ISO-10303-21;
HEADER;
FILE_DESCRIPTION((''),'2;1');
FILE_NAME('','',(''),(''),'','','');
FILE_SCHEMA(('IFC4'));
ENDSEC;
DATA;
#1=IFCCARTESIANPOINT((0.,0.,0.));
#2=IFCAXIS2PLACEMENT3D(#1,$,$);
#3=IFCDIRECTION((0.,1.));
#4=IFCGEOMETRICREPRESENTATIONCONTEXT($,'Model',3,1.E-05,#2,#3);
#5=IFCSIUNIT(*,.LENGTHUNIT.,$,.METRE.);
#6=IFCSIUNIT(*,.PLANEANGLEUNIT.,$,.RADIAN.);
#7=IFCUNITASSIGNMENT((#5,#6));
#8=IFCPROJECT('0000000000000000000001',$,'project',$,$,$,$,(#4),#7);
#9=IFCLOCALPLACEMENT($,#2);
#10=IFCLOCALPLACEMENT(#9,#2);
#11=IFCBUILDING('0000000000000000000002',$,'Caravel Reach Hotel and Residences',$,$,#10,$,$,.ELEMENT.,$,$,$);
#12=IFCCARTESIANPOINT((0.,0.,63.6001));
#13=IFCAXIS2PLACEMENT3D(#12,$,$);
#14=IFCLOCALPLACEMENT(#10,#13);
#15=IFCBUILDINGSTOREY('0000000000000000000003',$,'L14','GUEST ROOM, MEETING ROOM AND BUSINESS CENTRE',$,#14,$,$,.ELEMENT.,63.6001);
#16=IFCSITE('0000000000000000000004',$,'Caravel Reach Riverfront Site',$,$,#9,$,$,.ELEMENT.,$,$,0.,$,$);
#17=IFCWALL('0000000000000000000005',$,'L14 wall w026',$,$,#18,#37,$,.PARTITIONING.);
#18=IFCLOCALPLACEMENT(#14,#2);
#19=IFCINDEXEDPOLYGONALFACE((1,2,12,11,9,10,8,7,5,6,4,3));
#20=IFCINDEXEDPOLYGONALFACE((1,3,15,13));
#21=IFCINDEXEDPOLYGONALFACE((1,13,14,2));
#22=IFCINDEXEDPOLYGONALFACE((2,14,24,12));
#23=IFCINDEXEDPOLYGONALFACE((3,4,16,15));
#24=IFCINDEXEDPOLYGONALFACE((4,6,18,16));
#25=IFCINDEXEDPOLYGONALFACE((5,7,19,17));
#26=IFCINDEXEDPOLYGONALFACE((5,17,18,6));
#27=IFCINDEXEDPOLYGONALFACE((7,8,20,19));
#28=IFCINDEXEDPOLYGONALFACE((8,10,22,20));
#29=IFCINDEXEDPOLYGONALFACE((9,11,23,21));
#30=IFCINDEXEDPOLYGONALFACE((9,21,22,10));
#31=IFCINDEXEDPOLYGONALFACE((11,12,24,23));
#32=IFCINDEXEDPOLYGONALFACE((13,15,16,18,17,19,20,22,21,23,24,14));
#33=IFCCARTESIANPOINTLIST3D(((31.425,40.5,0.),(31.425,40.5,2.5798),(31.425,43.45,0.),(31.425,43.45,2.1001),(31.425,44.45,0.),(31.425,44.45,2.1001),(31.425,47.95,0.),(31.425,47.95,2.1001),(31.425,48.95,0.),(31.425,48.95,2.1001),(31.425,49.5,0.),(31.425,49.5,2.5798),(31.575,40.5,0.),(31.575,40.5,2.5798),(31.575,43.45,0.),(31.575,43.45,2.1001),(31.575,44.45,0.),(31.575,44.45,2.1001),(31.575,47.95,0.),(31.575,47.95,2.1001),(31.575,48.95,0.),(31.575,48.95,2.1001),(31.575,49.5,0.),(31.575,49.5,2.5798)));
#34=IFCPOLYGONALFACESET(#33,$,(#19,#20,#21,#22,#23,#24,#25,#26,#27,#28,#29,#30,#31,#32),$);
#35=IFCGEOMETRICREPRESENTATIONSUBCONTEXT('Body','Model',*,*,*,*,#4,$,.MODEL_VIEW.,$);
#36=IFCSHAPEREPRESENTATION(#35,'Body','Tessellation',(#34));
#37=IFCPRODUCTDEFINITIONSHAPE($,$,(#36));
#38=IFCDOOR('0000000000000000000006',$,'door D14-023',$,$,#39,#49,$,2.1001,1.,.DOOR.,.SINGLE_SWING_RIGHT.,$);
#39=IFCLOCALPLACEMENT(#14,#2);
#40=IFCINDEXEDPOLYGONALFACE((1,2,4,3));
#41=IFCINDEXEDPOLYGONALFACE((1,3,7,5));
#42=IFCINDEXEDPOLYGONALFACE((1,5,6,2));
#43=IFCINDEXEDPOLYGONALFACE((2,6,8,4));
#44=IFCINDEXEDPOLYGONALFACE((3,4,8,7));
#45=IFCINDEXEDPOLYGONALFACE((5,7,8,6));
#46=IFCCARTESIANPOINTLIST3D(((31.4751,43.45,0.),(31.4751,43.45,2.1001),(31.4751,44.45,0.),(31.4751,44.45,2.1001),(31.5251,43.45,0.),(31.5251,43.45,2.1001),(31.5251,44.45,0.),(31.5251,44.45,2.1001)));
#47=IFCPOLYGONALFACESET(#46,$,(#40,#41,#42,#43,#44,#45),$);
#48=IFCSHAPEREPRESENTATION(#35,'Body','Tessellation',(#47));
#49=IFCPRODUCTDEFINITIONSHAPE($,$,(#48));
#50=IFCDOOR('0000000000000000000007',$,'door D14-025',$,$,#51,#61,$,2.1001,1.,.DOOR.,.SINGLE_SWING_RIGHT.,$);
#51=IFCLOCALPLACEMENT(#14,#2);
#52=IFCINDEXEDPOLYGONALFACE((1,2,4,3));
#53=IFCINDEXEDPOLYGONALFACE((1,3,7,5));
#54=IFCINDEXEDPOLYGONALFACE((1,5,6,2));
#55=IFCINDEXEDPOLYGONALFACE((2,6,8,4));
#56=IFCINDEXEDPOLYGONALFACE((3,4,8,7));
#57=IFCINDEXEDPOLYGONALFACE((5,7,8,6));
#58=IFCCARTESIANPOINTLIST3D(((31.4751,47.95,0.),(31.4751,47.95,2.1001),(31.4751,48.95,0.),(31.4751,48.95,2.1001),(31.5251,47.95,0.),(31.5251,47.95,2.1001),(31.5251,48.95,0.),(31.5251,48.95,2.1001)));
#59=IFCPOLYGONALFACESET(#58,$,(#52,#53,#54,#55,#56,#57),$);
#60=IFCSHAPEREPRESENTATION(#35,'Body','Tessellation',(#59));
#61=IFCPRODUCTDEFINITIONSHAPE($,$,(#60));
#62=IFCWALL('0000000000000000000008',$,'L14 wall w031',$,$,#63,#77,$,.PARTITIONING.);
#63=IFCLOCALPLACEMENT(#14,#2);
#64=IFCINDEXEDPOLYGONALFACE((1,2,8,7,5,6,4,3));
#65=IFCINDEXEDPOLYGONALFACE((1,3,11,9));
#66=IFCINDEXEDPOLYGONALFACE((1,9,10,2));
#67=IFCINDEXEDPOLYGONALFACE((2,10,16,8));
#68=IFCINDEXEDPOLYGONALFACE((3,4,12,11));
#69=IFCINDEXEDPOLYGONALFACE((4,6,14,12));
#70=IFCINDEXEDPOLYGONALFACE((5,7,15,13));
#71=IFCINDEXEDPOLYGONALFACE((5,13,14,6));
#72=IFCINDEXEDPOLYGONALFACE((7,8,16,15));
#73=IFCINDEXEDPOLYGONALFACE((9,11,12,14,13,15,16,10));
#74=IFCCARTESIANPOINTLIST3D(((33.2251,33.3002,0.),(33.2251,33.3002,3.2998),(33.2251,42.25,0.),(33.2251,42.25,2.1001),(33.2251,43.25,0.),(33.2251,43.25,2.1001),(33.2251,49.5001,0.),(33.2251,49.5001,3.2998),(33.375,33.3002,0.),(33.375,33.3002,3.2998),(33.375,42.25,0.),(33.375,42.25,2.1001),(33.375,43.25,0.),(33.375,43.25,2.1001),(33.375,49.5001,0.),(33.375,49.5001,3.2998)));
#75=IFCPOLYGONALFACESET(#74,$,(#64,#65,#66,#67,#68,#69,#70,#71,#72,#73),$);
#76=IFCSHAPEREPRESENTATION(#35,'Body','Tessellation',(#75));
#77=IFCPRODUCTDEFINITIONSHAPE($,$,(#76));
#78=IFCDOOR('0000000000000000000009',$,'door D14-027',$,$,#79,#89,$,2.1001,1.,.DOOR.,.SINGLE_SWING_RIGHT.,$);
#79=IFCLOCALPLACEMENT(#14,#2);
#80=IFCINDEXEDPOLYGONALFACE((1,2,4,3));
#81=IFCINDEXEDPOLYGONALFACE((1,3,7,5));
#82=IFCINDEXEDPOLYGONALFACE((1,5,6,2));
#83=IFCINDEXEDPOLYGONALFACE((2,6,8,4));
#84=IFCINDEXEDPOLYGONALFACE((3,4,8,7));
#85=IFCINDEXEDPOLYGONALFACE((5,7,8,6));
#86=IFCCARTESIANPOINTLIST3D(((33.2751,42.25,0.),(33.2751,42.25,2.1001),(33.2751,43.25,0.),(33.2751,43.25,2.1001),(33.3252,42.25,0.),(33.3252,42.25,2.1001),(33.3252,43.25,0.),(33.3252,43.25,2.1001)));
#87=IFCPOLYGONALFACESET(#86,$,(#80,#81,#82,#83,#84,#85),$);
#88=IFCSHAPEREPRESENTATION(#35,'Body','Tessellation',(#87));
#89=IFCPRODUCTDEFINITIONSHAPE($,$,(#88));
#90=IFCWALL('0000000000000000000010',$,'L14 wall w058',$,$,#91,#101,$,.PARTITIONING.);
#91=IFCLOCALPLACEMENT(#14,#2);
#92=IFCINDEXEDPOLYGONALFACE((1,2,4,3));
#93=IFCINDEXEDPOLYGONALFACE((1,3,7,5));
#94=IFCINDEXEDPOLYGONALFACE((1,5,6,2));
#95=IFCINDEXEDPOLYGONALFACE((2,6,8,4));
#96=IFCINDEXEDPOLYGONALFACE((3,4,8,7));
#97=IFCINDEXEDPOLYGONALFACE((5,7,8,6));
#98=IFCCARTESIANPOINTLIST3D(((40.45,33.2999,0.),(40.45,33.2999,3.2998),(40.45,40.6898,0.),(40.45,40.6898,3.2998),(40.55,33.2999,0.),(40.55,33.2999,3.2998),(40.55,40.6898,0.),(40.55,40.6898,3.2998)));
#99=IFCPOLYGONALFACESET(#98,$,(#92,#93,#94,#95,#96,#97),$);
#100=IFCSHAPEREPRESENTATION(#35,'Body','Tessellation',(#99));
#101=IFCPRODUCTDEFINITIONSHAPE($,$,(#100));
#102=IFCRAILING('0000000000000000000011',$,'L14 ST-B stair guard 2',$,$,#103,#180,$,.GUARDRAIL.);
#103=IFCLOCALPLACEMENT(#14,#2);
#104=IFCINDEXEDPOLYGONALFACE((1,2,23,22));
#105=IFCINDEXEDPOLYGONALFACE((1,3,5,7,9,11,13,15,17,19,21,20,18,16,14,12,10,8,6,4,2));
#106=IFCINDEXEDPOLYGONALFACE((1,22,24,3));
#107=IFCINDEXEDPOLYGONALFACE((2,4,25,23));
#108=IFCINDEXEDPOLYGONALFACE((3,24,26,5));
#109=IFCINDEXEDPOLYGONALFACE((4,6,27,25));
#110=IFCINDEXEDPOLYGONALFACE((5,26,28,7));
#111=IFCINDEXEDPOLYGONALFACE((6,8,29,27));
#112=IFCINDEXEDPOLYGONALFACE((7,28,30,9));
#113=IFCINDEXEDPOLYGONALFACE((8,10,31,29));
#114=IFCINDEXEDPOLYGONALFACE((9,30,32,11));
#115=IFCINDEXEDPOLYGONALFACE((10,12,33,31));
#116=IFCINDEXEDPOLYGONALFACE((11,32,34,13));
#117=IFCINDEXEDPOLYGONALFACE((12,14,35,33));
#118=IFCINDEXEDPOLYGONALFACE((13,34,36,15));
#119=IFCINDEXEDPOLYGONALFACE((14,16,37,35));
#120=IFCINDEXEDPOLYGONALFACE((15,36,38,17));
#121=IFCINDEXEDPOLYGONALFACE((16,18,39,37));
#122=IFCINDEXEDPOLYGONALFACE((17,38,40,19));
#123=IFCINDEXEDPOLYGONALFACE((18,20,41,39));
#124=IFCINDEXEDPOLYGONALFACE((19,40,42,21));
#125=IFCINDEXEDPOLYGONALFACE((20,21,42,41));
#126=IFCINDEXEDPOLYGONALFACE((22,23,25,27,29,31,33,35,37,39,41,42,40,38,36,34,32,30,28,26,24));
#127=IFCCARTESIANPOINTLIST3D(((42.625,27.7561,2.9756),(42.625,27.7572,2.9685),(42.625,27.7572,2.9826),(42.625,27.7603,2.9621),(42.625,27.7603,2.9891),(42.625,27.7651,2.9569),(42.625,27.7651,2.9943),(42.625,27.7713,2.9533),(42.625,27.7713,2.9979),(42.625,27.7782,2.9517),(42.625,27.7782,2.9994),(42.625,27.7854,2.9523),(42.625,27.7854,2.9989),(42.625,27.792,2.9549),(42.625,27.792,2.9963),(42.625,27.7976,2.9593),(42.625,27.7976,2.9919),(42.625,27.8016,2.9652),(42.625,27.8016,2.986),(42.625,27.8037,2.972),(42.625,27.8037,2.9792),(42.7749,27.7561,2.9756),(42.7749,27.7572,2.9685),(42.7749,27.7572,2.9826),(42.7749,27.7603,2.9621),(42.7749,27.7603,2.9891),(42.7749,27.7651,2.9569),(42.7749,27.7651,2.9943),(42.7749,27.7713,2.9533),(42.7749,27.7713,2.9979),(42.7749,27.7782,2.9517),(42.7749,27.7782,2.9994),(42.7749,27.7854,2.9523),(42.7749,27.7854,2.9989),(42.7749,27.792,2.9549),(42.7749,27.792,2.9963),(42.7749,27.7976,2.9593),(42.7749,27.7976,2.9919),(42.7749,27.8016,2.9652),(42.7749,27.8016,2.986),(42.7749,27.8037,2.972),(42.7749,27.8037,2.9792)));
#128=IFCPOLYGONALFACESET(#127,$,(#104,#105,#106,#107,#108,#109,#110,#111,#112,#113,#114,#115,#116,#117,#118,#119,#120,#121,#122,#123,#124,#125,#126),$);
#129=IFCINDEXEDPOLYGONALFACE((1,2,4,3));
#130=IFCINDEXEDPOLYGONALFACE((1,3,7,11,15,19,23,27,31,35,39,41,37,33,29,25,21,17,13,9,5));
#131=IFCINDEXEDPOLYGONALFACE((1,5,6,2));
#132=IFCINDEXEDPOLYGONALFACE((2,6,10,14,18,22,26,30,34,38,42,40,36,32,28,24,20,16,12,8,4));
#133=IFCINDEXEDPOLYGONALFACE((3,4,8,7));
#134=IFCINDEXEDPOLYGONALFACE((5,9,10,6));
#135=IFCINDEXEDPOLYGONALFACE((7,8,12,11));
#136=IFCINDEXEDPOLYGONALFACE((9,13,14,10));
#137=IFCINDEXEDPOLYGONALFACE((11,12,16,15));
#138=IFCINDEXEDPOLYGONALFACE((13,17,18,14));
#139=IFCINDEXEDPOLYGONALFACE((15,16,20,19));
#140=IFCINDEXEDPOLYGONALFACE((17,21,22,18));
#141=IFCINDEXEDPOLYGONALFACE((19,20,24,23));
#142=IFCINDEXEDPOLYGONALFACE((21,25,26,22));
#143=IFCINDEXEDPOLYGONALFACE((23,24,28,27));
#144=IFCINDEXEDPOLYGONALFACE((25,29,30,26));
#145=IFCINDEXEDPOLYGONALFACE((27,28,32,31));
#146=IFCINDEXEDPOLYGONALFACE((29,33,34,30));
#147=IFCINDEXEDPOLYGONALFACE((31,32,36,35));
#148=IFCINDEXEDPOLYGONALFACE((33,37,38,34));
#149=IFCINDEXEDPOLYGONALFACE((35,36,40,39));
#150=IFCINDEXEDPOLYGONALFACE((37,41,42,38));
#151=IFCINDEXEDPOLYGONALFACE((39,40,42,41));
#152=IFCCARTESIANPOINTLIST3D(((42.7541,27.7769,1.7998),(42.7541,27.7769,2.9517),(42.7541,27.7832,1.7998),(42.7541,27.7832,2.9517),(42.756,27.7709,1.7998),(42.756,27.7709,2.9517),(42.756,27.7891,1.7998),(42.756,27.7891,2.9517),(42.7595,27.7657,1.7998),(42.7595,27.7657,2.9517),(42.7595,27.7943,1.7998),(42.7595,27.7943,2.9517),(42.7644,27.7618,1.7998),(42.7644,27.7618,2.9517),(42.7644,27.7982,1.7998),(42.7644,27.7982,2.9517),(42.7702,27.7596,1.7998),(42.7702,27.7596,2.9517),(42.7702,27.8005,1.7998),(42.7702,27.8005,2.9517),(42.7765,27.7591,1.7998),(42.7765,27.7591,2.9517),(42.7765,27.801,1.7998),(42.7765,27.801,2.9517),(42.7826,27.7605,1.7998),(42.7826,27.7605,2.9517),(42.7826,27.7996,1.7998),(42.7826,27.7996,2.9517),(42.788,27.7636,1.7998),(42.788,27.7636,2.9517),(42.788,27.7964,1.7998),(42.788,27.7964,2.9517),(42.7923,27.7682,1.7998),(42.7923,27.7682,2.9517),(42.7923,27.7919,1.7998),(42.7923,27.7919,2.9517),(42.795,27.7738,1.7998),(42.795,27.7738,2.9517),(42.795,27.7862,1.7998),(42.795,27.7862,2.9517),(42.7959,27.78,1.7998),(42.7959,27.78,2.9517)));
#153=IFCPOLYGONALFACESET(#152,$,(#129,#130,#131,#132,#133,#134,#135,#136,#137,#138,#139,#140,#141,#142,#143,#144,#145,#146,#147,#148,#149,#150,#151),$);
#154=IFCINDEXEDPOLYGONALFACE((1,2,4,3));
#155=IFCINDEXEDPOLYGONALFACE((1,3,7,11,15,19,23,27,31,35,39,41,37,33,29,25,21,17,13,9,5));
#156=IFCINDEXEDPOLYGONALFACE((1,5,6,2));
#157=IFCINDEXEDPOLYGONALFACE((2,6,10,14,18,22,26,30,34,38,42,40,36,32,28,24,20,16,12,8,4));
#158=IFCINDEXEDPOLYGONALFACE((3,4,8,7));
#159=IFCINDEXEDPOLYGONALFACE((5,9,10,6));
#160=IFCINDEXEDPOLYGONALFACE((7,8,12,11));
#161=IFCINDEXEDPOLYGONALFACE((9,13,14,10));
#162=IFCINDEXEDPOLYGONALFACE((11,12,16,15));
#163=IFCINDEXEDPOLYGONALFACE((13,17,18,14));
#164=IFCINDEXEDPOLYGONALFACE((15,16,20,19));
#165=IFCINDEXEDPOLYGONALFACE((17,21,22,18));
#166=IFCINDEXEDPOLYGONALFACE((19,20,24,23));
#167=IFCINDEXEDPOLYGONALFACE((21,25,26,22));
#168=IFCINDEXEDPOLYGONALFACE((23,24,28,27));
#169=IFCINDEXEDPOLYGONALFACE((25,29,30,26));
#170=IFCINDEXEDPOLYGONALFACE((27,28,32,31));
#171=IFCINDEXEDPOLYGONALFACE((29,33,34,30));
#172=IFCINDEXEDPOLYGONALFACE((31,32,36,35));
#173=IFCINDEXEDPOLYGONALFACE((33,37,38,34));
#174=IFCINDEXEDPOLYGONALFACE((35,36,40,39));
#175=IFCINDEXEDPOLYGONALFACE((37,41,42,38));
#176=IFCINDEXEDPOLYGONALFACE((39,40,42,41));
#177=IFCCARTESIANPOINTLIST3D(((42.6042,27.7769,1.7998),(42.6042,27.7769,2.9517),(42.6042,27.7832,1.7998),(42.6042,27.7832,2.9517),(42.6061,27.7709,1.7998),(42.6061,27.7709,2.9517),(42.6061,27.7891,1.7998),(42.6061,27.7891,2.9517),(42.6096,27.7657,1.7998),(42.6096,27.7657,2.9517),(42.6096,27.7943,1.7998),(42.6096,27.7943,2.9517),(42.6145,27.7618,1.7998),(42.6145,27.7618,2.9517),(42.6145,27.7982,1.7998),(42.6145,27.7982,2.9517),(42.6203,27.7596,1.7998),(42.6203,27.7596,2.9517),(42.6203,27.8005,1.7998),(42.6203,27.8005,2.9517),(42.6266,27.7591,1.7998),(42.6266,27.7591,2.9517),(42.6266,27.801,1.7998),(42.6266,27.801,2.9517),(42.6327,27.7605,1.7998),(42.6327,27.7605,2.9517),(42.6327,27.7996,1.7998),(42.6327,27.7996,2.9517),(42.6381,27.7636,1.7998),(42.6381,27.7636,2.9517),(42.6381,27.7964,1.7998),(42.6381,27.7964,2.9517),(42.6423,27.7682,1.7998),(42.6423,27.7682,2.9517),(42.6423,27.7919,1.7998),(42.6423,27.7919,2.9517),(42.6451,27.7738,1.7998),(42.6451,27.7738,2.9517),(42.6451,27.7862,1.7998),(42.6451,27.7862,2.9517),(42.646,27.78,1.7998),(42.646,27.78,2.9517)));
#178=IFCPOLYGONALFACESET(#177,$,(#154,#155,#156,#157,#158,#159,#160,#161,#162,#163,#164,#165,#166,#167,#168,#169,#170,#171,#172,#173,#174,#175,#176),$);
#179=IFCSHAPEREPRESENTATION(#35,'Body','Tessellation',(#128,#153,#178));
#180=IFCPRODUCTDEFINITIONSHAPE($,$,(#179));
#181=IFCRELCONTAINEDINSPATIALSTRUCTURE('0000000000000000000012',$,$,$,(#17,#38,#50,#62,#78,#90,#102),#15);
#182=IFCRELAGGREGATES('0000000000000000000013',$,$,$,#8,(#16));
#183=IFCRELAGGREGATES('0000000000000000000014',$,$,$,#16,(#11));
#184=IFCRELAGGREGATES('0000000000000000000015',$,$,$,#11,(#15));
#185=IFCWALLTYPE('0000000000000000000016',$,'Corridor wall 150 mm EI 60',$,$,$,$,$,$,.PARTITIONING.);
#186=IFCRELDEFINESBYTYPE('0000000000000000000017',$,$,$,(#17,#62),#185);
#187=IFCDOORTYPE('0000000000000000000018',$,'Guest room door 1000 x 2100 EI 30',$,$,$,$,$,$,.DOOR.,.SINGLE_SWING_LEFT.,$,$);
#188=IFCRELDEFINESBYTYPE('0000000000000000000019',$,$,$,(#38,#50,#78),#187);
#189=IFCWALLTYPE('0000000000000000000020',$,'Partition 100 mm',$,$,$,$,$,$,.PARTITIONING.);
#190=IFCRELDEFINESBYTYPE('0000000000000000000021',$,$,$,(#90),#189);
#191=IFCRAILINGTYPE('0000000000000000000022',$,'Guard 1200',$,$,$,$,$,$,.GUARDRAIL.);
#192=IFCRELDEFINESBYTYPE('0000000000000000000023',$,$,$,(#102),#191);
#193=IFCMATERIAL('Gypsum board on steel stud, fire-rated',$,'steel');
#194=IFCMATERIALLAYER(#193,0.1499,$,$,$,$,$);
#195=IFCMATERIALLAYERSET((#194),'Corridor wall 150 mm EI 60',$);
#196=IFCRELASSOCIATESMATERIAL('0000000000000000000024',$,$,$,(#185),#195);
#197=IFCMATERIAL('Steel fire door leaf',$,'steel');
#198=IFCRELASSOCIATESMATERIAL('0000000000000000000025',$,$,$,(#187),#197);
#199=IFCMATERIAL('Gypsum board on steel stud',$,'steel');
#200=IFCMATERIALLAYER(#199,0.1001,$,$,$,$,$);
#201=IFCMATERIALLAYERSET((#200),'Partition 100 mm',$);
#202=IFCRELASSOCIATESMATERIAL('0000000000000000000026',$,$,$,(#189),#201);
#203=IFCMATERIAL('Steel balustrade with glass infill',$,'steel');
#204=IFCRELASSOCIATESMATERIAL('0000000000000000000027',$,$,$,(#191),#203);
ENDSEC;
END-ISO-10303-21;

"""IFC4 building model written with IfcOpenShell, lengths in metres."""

from ifc_helpers import new_model, si_unit, direction, frame, frame_2d, origin, origin_2d, place, context, subcontext, project, spatial, rectangle, circle, extrude, material, layer, layer_set, type_object, element, fill, save


model = new_model("IFC4")

# Units and contexts
model_context = context("Model", 3, precision=1e-05, world=origin(), true_north=direction((0.0, 1.0)))
body_context = subcontext(model_context, "Body", "Model", "MODEL_VIEW")
ifc_project = project(units=[si_unit("LENGTHUNIT", "METRE"), si_unit("PLANEANGLEUNIT", "RADIAN")], contexts=[model_context])

# Site, building, storey
site_placement = place(None, origin())
site = spatial("IfcSite", under=ifc_project, at=site_placement, Name="Caravel Reach Riverfront Site", CompositionType="ELEMENT", RefElevation=0.0)
building_placement = place(site_placement, origin())
building = spatial("IfcBuilding", under=site, at=building_placement, Name="Caravel Reach Hotel and Residences", CompositionType="ELEMENT")
storey_placement = place(building_placement, frame((0.0, 0.0, 63.6001)))
storey = spatial("IfcBuildingStorey", under=building, at=storey_placement, Name="L14", Description="GUEST ROOM, MEETING ROOM AND BUSINESS CENTRE", CompositionType="ELEMENT", Elevation=63.6001)

# Wall, openings, doors
ifc_material_1 = material(Name="Gypsum board on steel stud, fire-rated", Category="steel")
ifc_layer_1 = layer(ifc_material_1, 0.1499)
ifc_layer_set_1 = layer_set([ifc_layer_1], Name="Corridor wall 150 mm EI 60")
wall_type_1 = type_object("IfcWallType", Name="Corridor wall 150 mm EI 60", PredefinedType="PARTITIONING", material=ifc_layer_set_1)
ifc_material_2 = material(Name="Steel fire door leaf", Category="steel")
door_type_1 = type_object("IfcDoorType", Name="Guest room door 1000 x 2100 EI 30", OperationType="SINGLE_SWING_LEFT", PredefinedType="DOOR", material=ifc_material_2)
wall_1_placement = place(storey_placement, frame((31.5, 40.5, 0.0), z_axis=(0.0, 0.0, 1.0), x_axis=(0.0, 1.0, 0.0)))
wall_1 = element("IfcWall", 1, at=wall_1_placement, inside=storey, type_object=wall_type_1, Name="L14 wall w026", PredefinedType="PARTITIONING", context=body_context, shape_type="SweptSolid", body=[
    extrude(rectangle(XDim=9.0, YDim=0.1499, at=frame_2d((4.5, 0.0))), origin(), (0.0, 0.0, 1.0), 2.5798),
])
opening_1_placement = place(wall_1_placement, frame((2.95, 0.0, 0.0)))
opening_1 = element("IfcOpeningElement", 2, at=opening_1_placement, cuts=wall_1, PredefinedType="OPENING", context=body_context, shape_type="SweptSolid", body=[
    extrude(rectangle(XDim=1.0, YDim=2.1001, at=frame_2d((0.5, 1.05))), frame((0.0, 0.085, 0.0), z_axis=(0.0, -1.0, 0.0), x_axis=(1.0, 0.0, 0.0)), (0.0, 0.0, 1.0), 0.1699),
])
opening_2_placement = place(wall_1_placement, frame((7.45, 0.0, 0.0)))
opening_2 = element("IfcOpeningElement", 3, at=opening_2_placement, cuts=wall_1, PredefinedType="OPENING", context=body_context, shape_type="SweptSolid", body=[
    extrude(rectangle(XDim=1.0, YDim=2.1001, at=frame_2d((0.5, 1.05))), frame((0.0, 0.085, 0.0), z_axis=(0.0, -1.0, 0.0), x_axis=(1.0, 0.0, 0.0)), (0.0, 0.0, 1.0), 0.1699),
])
door_1_placement = place(opening_1_placement, origin())
door_1 = element("IfcDoor", 4, at=door_1_placement, inside=storey, type_object=door_type_1, Name="door D14-023", OperationType="SINGLE_SWING_RIGHT", OverallHeight=2.1001, OverallWidth=1.0, PredefinedType="DOOR", context=body_context, shape_type="SweptSolid", body=[
    extrude(rectangle(XDim=1.0, YDim=2.1001, at=frame_2d((0.5, 1.05))), frame((0.0, 0.0249, 0.0), z_axis=(0.0, -1.0, 0.0), x_axis=(1.0, 0.0, 0.0)), (0.0, 0.0, 1.0), 0.05),
])
fill(opening_1, door_1)
door_2_placement = place(opening_2_placement, origin())
door_2 = element("IfcDoor", 5, at=door_2_placement, inside=storey, type_object=door_type_1, Name="door D14-025", OperationType="SINGLE_SWING_RIGHT", OverallHeight=2.1001, OverallWidth=1.0, PredefinedType="DOOR", context=body_context, shape_type="SweptSolid", body=[
    extrude(rectangle(XDim=1.0, YDim=2.1001, at=frame_2d((0.5, 1.05))), frame((0.0, 0.0249, 0.0), z_axis=(0.0, -1.0, 0.0), x_axis=(1.0, 0.0, 0.0)), (0.0, 0.0, 1.0), 0.05),
])
fill(opening_2, door_2)

# Wall, opening, door
wall_2_placement = place(storey_placement, frame((33.3, 33.3, 0.0), z_axis=(0.0, 0.0, 1.0), x_axis=(0.0, 1.0, 0.0)))
wall_2 = element("IfcWall", 6, at=wall_2_placement, inside=storey, type_object=wall_type_1, Name="L14 wall w031", PredefinedType="PARTITIONING", context=body_context, shape_type="SweptSolid", body=[
    extrude(rectangle(XDim=16.2, YDim=0.1499, at=frame_2d((8.1001, 0.0))), origin(), (0.0, 0.0, 1.0), 3.2998),
])
opening_3_placement = place(wall_2_placement, frame((8.95, 0.0, 0.0)))
opening_3 = element("IfcOpeningElement", 7, at=opening_3_placement, cuts=wall_2, PredefinedType="OPENING", context=body_context, shape_type="SweptSolid", body=[
    extrude(rectangle(XDim=1.0, YDim=2.1001, at=frame_2d((0.5, 1.05))), frame((0.0, 0.085, 0.0), z_axis=(0.0, -1.0, 0.0), x_axis=(1.0, 0.0, 0.0)), (0.0, 0.0, 1.0), 0.1699),
])
door_3_placement = place(opening_3_placement, origin())
door_3 = element("IfcDoor", 8, at=door_3_placement, inside=storey, type_object=door_type_1, Name="door D14-027", OperationType="SINGLE_SWING_RIGHT", OverallHeight=2.1001, OverallWidth=1.0, PredefinedType="DOOR", context=body_context, shape_type="SweptSolid", body=[
    extrude(rectangle(XDim=1.0, YDim=2.1001, at=frame_2d((0.5, 1.05))), frame((0.0, 0.0249, 0.0), z_axis=(0.0, -1.0, 0.0), x_axis=(1.0, 0.0, 0.0)), (0.0, 0.0, 1.0), 0.05),
])
fill(opening_3, door_3)

# Wall
ifc_material_3 = material(Name="Gypsum board on steel stud", Category="steel")
ifc_layer_2 = layer(ifc_material_3, 0.1001)
ifc_layer_set_2 = layer_set([ifc_layer_2], Name="Partition 100 mm")
wall_type_2 = type_object("IfcWallType", Name="Partition 100 mm", PredefinedType="PARTITIONING", material=ifc_layer_set_2)
wall_3_placement = place(storey_placement, frame((40.5, 33.3, 0.0), z_axis=(0.0, 0.0, 1.0), x_axis=(0.0, 1.0, 0.0)))
element("IfcWall", 9, at=wall_3_placement, inside=storey, type_object=wall_type_2, Name="L14 wall w058", PredefinedType="PARTITIONING", context=body_context, shape_type="SweptSolid", body=[
    extrude(rectangle(XDim=7.3899, YDim=0.1001, at=frame_2d((3.6948, 0.0))), origin(), (0.0, 0.0, 1.0), 3.2998),
])

# Railing
ifc_material_4 = material(Name="Steel balustrade with glass infill", Category="steel")
railing_type_1 = type_object("IfcRailingType", Name="Guard 1200", PredefinedType="GUARDRAIL", material=ifc_material_4)
railing_1_placement = place(storey_placement, frame((42.7749, 27.78, 1.7998)))
element("IfcRailing", 10, at=railing_1_placement, inside=storey, type_object=railing_type_1, Name="L14 ST-B stair guard 2", PredefinedType="GUARDRAIL", context=body_context, shape_type="SweptSolid", body=[
    extrude(circle(Radius=0.0239, at=origin_2d()), frame((0.0, 0.0, 1.1758), z_axis=(-1.0, 0.0, 0.0), x_axis=(0.0, -1.0, 0.0)), (0.0, 0.0, 1.0), 0.1499),
    extrude(circle(Radius=0.021, at=origin_2d()), origin(), (0.0, 0.0, 1.0), 1.1519),
    extrude(circle(Radius=0.021, at=origin_2d()), frame((-0.1499, 0.0, 0.0)), (0.0, 0.0, 1.0), 1.1519),
])

save(model, "model.ifc")
